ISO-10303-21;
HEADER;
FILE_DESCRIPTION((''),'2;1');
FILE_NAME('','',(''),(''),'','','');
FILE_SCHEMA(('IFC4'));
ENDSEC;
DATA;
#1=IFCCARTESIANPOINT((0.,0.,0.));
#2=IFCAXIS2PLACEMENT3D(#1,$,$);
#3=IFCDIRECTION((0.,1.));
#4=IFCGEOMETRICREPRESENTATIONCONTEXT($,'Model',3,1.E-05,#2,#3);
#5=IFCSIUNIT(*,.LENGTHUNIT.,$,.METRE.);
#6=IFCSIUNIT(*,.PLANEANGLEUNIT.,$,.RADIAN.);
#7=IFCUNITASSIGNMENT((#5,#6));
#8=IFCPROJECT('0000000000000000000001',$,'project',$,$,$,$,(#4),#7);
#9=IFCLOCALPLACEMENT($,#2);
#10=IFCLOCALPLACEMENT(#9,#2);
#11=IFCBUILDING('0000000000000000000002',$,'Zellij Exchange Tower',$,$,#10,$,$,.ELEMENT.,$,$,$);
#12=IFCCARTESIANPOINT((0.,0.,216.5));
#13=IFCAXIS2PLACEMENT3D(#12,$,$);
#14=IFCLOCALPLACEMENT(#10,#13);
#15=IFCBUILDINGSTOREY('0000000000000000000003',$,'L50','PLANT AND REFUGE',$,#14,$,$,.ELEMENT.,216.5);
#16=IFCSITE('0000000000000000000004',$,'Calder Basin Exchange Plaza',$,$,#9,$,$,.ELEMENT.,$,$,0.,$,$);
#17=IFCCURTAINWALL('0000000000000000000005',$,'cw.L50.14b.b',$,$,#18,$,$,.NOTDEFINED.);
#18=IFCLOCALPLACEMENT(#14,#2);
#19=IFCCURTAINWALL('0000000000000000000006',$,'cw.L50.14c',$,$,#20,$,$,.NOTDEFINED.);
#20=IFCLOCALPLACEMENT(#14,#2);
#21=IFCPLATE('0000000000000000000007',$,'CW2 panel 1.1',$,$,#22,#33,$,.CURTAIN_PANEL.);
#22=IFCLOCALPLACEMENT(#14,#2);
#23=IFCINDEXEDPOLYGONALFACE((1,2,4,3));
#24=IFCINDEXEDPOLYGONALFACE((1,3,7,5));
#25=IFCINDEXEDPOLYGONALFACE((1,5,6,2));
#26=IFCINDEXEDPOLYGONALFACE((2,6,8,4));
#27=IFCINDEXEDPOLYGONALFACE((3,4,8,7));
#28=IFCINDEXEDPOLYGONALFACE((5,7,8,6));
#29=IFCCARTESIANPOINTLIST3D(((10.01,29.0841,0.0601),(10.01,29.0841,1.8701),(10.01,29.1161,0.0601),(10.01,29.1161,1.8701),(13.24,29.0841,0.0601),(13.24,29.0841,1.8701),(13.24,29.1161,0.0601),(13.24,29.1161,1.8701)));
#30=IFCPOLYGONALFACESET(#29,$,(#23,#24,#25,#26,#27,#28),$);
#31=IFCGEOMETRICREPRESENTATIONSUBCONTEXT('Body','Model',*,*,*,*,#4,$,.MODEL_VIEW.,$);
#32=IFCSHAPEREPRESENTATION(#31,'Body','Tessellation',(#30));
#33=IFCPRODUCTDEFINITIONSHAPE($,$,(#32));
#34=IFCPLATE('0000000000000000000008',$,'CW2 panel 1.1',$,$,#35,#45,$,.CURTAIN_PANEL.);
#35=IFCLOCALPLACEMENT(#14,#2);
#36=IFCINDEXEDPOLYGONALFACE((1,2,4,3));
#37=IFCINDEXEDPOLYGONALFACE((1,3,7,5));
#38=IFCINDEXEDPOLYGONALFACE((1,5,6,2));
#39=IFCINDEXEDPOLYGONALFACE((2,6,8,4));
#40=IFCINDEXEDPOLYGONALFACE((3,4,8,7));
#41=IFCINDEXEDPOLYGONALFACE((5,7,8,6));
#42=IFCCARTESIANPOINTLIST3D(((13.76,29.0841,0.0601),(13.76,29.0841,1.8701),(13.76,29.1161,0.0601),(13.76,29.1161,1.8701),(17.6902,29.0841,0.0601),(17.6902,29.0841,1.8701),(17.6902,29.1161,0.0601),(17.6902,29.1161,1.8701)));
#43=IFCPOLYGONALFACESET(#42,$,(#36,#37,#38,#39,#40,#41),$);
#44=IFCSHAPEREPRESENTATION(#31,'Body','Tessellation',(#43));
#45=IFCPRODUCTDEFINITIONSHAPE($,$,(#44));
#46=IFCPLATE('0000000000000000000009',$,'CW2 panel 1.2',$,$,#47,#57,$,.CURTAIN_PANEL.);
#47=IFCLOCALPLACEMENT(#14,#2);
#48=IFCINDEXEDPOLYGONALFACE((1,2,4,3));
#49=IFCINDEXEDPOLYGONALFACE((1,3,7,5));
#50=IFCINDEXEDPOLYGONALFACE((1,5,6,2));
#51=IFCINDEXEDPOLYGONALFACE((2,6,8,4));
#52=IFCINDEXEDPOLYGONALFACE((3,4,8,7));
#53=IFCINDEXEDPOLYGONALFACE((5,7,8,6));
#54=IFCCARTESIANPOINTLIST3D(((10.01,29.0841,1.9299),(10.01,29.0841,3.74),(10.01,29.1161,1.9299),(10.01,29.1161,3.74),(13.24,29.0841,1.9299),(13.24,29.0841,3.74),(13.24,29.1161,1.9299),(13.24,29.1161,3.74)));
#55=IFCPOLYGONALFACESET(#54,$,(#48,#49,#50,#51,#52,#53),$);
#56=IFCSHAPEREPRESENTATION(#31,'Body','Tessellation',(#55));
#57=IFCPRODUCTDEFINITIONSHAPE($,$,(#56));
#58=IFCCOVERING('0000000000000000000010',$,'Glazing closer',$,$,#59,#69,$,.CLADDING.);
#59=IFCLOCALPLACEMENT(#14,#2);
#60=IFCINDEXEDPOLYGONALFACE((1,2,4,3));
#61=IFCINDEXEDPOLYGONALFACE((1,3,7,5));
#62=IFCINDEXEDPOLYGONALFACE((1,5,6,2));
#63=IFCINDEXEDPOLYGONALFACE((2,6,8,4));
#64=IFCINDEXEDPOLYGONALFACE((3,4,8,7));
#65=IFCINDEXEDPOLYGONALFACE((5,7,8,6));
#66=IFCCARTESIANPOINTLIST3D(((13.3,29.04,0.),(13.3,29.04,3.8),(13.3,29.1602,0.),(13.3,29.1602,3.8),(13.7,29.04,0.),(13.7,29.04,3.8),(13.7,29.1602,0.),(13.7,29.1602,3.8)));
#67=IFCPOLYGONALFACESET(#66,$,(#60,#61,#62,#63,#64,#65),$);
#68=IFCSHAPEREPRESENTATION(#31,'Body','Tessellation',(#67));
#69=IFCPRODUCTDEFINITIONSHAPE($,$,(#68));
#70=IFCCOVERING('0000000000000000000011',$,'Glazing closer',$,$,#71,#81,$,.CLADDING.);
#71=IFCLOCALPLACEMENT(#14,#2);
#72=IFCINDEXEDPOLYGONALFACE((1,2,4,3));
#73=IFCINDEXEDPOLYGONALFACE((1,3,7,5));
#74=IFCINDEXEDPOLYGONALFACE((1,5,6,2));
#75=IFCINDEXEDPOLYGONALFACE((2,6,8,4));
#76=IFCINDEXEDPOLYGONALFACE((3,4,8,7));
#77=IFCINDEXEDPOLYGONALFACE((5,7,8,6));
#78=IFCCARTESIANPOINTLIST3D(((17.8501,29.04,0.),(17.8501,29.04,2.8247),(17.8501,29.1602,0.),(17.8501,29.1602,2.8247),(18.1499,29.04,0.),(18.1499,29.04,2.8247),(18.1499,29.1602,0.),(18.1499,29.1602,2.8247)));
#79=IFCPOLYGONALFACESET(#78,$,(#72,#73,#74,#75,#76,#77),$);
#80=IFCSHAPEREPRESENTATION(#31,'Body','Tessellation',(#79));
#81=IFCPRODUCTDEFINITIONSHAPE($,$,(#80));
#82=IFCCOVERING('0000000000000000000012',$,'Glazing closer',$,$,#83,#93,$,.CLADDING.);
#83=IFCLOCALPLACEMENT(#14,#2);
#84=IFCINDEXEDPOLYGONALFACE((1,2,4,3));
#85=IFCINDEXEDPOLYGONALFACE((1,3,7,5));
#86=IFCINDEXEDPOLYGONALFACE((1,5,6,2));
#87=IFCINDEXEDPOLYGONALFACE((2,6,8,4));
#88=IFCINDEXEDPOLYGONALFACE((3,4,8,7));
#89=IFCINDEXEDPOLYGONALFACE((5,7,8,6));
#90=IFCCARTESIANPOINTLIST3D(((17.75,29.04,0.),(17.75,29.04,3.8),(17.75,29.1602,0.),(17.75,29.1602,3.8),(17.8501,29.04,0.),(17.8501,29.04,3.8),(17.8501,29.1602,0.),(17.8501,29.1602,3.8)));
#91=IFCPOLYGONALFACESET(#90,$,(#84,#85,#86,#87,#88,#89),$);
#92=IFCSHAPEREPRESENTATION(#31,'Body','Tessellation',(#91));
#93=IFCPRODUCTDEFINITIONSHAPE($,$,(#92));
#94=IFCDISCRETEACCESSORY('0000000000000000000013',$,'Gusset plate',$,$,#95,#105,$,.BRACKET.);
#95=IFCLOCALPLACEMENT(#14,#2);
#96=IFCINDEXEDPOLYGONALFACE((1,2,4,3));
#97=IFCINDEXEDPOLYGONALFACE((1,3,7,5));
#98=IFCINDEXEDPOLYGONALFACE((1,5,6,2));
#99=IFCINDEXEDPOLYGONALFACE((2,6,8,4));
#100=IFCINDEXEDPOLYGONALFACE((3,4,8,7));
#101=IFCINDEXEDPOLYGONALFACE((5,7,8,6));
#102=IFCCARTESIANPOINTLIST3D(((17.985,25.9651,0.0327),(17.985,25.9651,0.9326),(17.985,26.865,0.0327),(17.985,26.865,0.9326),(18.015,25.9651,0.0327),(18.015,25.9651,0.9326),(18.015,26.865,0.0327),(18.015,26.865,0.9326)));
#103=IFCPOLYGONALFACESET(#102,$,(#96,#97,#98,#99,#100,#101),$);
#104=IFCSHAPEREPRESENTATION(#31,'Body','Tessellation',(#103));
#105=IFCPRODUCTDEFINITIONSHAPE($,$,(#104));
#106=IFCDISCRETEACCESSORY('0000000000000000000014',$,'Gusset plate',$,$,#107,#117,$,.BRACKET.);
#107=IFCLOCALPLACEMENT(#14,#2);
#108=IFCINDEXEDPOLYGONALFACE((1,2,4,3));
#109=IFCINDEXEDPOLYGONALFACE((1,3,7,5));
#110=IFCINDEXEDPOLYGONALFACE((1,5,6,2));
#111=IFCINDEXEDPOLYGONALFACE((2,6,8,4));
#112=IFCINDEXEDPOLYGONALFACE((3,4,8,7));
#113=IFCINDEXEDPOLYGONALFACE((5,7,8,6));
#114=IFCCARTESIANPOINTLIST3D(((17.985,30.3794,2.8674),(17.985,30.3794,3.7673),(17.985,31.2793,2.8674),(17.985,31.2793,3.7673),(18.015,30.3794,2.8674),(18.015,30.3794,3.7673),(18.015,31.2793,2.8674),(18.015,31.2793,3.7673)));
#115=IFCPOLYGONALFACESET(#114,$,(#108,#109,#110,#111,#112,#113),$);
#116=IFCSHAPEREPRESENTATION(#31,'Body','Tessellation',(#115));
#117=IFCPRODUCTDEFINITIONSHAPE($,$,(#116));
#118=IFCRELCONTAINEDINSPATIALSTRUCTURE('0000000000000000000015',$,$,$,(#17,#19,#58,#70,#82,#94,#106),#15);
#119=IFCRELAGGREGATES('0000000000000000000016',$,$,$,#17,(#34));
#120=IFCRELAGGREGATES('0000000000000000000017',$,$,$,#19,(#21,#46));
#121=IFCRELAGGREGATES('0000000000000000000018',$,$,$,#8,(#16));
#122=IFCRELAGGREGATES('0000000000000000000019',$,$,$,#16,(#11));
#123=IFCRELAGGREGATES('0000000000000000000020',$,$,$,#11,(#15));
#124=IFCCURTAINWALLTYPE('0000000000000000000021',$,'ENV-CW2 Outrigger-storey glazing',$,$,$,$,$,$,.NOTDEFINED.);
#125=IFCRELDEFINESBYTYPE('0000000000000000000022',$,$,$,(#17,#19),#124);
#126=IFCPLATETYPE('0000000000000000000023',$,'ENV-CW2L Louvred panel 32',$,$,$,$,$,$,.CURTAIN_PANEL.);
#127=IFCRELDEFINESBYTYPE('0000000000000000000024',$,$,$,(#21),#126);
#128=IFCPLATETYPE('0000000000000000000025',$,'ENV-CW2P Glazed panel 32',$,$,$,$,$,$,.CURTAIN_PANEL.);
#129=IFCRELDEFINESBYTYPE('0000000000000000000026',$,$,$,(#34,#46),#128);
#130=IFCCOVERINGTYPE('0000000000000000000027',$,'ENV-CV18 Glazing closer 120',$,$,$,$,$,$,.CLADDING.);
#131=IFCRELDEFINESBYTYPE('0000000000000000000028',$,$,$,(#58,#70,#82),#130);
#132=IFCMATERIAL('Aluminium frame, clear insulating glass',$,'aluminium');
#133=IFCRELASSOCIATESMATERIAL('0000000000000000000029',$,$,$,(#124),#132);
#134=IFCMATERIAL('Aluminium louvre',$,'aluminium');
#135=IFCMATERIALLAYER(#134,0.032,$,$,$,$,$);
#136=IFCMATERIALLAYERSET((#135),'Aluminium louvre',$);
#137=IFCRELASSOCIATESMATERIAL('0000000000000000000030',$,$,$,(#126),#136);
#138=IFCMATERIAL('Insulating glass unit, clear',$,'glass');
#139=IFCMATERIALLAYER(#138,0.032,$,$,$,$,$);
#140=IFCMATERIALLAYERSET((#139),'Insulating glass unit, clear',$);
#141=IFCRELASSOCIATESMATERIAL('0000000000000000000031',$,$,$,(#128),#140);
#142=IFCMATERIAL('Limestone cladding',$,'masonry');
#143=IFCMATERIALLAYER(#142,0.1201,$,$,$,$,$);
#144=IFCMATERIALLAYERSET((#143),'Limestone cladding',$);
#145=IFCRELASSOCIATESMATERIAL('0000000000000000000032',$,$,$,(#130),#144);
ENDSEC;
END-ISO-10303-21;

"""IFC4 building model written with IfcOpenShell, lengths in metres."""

from ifc_helpers import new_model, si_unit, direction, frame, origin, origin_2d, place, context, subcontext, project, spatial, rectangle, extrude, material, layer, layer_set, type_object, element, aggregate, save


model = new_model("IFC4")

# Units and contexts
model_context = context("Model", 3, precision=1e-05, world=origin(), true_north=direction((0.0, 1.0)))
body_context = subcontext(model_context, "Body", "Model", "MODEL_VIEW")
ifc_project = project(units=[si_unit("LENGTHUNIT", "METRE"), si_unit("PLANEANGLEUNIT", "RADIAN")], contexts=[model_context])

# Site, building, storey
site_placement = place(None, origin())
site = spatial("IfcSite", under=ifc_project, at=site_placement, Name="Calder Basin Exchange Plaza", CompositionType="ELEMENT", RefElevation=0.0)
building_placement = place(site_placement, origin())
building = spatial("IfcBuilding", under=site, at=building_placement, Name="Zellij Exchange Tower", CompositionType="ELEMENT")
storey_placement = place(building_placement, frame((0.0, 0.0, 216.5)))
storey = spatial("IfcBuildingStorey", under=building, at=storey_placement, Name="L50", Description="PLANT AND REFUGE", CompositionType="ELEMENT", Elevation=216.5)

# Curtain walls
ifc_material_1 = material(Name="Aluminium frame, clear insulating glass", Category="aluminium")
curtain_wall_type = type_object("IfcCurtainWallType", Name="ENV-CW2 Outrigger-storey glazing", PredefinedType="NOTDEFINED", material=ifc_material_1)
curtain_wall_1_placement = place(storey_placement, origin())
curtain_wall_1 = element("IfcCurtainWall", 1, at=curtain_wall_1_placement, inside=storey, type_object=curtain_wall_type, Name="cw.L50.14b.b", PredefinedType="NOTDEFINED")
curtain_wall_2_placement = place(storey_placement, origin())
curtain_wall_2 = element("IfcCurtainWall", 2, at=curtain_wall_2_placement, inside=storey, type_object=curtain_wall_type, Name="cw.L50.14c", PredefinedType="NOTDEFINED")

# Plates
ifc_material_2 = material(Name="Aluminium louvre", Category="aluminium")
ifc_layer_1 = layer(ifc_material_2, 0.032)
ifc_layer_set_1 = layer_set([ifc_layer_1], Name="Aluminium louvre")
plate_type_1 = type_object("IfcPlateType", Name="ENV-CW2L Louvred panel 32", PredefinedType="CURTAIN_PANEL", material=ifc_layer_set_1)
plate_1_placement = place(storey_placement, frame((11.625, 29.1001, 0.0601), z_axis=(0.0, 0.0, 1.0), x_axis=(-1.0, 0.0, 0.0)))
plate_1 = element("IfcPlate", 3, at=plate_1_placement, type_object=plate_type_1, Name="CW2 panel 1.1", PredefinedType="CURTAIN_PANEL", context=body_context, shape_type="SweptSolid", body=[
    extrude(rectangle(XDim=3.23, YDim=0.032, at=origin_2d()), origin(), (0.0, 0.0, 1.0), 1.8101),
])
ifc_material_3 = material(Name="Insulating glass unit, clear", Category="glass")
ifc_layer_2 = layer(ifc_material_3, 0.032)
ifc_layer_set_2 = layer_set([ifc_layer_2], Name="Insulating glass unit, clear")
plate_type_2 = type_object("IfcPlateType", Name="ENV-CW2P Glazed panel 32", PredefinedType="CURTAIN_PANEL", material=ifc_layer_set_2)
plate_2_placement = place(storey_placement, frame((15.7251, 29.1001, 0.0601), z_axis=(0.0, 0.0, 1.0), x_axis=(-1.0, 0.0, 0.0)))
plate_2 = element("IfcPlate", 4, at=plate_2_placement, type_object=plate_type_2, Name="CW2 panel 1.1", PredefinedType="CURTAIN_PANEL", context=body_context, shape_type="SweptSolid", body=[
    extrude(rectangle(XDim=3.9302, YDim=0.032, at=origin_2d()), origin(), (0.0, 0.0, 1.0), 1.8101),
])
aggregate(curtain_wall_1, [plate_2])
plate_3_placement = place(storey_placement, frame((11.625, 29.1001, 1.9299), z_axis=(0.0, 0.0, 1.0), x_axis=(-1.0, 0.0, 0.0)))
plate_3 = element("IfcPlate", 5, at=plate_3_placement, type_object=plate_type_2, Name="CW2 panel 1.2", PredefinedType="CURTAIN_PANEL", context=body_context, shape_type="SweptSolid", body=[
    extrude(rectangle(XDim=3.23, YDim=0.032, at=origin_2d()), origin(), (0.0, 0.0, 1.0), 1.8101),
])
aggregate(curtain_wall_2, [plate_1, plate_3])

# Coverings
ifc_material_4 = material(Name="Limestone cladding", Category="masonry")
ifc_layer_3 = layer(ifc_material_4, 0.1201)
ifc_layer_set_3 = layer_set([ifc_layer_3], Name="Limestone cladding")
covering_type = type_object("IfcCoveringType", Name="ENV-CV18 Glazing closer 120", PredefinedType="CLADDING", material=ifc_layer_set_3)
covering_1_placement = place(storey_placement, frame((13.5, 29.1001, 0.0), z_axis=(0.0, 0.0, 1.0), x_axis=(-1.0, 0.0, 0.0)))
element("IfcCovering", 6, at=covering_1_placement, inside=storey, type_object=covering_type, Name="Glazing closer", PredefinedType="CLADDING", context=body_context, shape_type="SweptSolid", body=[
    extrude(rectangle(XDim=0.3999, YDim=0.1201, at=origin_2d()), origin(), (0.0, 0.0, 1.0), 3.8),
])
covering_2_placement = place(storey_placement, frame((18.0, 29.1001, 0.0), z_axis=(0.0, 0.0, 1.0), x_axis=(-1.0, 0.0, 0.0)))
element("IfcCovering", 7, at=covering_2_placement, inside=storey, type_object=covering_type, Name="Glazing closer", PredefinedType="CLADDING", context=body_context, shape_type="SweptSolid", body=[
    extrude(rectangle(XDim=0.2998, YDim=0.1201, at=origin_2d()), origin(), (0.0, 0.0, 1.0), 2.8247),
])
covering_3_placement = place(storey_placement, frame((17.8, 29.1001, 0.0), z_axis=(0.0, 0.0, 1.0), x_axis=(-1.0, 0.0, 0.0)))
element("IfcCovering", 8, at=covering_3_placement, inside=storey, type_object=covering_type, Name="Glazing closer", PredefinedType="CLADDING", context=body_context, shape_type="SweptSolid", body=[
    extrude(rectangle(XDim=0.1001, YDim=0.1201, at=origin_2d()), origin(), (0.0, 0.0, 1.0), 3.8),
])

# Discrete accessories
for number, where, z_axis, x_axis, name in (
    (9, (18.0, 26.415, 0.0327), (0.0, 0.0, 1.0), (0.0, 1.0, 0.0), "Gusset plate"),
    (10, (18.0, 30.8293, 2.8674), (0.0, 0.0, 1.0), (0.0, 1.0, 0.0), "Gusset plate"),
):
    element("IfcDiscreteAccessory", number, at=place(storey_placement, frame(where, z_axis=z_axis, x_axis=x_axis)), inside=storey, Name=name, PredefinedType="BRACKET", context=body_context, shape_type="SweptSolid", body=[
        extrude(rectangle(XDim=0.8999, YDim=0.03, at=origin_2d()), origin(), (0.0, 0.0, 1.0), 0.8999),
    ])

save(model, "model.ifc")
